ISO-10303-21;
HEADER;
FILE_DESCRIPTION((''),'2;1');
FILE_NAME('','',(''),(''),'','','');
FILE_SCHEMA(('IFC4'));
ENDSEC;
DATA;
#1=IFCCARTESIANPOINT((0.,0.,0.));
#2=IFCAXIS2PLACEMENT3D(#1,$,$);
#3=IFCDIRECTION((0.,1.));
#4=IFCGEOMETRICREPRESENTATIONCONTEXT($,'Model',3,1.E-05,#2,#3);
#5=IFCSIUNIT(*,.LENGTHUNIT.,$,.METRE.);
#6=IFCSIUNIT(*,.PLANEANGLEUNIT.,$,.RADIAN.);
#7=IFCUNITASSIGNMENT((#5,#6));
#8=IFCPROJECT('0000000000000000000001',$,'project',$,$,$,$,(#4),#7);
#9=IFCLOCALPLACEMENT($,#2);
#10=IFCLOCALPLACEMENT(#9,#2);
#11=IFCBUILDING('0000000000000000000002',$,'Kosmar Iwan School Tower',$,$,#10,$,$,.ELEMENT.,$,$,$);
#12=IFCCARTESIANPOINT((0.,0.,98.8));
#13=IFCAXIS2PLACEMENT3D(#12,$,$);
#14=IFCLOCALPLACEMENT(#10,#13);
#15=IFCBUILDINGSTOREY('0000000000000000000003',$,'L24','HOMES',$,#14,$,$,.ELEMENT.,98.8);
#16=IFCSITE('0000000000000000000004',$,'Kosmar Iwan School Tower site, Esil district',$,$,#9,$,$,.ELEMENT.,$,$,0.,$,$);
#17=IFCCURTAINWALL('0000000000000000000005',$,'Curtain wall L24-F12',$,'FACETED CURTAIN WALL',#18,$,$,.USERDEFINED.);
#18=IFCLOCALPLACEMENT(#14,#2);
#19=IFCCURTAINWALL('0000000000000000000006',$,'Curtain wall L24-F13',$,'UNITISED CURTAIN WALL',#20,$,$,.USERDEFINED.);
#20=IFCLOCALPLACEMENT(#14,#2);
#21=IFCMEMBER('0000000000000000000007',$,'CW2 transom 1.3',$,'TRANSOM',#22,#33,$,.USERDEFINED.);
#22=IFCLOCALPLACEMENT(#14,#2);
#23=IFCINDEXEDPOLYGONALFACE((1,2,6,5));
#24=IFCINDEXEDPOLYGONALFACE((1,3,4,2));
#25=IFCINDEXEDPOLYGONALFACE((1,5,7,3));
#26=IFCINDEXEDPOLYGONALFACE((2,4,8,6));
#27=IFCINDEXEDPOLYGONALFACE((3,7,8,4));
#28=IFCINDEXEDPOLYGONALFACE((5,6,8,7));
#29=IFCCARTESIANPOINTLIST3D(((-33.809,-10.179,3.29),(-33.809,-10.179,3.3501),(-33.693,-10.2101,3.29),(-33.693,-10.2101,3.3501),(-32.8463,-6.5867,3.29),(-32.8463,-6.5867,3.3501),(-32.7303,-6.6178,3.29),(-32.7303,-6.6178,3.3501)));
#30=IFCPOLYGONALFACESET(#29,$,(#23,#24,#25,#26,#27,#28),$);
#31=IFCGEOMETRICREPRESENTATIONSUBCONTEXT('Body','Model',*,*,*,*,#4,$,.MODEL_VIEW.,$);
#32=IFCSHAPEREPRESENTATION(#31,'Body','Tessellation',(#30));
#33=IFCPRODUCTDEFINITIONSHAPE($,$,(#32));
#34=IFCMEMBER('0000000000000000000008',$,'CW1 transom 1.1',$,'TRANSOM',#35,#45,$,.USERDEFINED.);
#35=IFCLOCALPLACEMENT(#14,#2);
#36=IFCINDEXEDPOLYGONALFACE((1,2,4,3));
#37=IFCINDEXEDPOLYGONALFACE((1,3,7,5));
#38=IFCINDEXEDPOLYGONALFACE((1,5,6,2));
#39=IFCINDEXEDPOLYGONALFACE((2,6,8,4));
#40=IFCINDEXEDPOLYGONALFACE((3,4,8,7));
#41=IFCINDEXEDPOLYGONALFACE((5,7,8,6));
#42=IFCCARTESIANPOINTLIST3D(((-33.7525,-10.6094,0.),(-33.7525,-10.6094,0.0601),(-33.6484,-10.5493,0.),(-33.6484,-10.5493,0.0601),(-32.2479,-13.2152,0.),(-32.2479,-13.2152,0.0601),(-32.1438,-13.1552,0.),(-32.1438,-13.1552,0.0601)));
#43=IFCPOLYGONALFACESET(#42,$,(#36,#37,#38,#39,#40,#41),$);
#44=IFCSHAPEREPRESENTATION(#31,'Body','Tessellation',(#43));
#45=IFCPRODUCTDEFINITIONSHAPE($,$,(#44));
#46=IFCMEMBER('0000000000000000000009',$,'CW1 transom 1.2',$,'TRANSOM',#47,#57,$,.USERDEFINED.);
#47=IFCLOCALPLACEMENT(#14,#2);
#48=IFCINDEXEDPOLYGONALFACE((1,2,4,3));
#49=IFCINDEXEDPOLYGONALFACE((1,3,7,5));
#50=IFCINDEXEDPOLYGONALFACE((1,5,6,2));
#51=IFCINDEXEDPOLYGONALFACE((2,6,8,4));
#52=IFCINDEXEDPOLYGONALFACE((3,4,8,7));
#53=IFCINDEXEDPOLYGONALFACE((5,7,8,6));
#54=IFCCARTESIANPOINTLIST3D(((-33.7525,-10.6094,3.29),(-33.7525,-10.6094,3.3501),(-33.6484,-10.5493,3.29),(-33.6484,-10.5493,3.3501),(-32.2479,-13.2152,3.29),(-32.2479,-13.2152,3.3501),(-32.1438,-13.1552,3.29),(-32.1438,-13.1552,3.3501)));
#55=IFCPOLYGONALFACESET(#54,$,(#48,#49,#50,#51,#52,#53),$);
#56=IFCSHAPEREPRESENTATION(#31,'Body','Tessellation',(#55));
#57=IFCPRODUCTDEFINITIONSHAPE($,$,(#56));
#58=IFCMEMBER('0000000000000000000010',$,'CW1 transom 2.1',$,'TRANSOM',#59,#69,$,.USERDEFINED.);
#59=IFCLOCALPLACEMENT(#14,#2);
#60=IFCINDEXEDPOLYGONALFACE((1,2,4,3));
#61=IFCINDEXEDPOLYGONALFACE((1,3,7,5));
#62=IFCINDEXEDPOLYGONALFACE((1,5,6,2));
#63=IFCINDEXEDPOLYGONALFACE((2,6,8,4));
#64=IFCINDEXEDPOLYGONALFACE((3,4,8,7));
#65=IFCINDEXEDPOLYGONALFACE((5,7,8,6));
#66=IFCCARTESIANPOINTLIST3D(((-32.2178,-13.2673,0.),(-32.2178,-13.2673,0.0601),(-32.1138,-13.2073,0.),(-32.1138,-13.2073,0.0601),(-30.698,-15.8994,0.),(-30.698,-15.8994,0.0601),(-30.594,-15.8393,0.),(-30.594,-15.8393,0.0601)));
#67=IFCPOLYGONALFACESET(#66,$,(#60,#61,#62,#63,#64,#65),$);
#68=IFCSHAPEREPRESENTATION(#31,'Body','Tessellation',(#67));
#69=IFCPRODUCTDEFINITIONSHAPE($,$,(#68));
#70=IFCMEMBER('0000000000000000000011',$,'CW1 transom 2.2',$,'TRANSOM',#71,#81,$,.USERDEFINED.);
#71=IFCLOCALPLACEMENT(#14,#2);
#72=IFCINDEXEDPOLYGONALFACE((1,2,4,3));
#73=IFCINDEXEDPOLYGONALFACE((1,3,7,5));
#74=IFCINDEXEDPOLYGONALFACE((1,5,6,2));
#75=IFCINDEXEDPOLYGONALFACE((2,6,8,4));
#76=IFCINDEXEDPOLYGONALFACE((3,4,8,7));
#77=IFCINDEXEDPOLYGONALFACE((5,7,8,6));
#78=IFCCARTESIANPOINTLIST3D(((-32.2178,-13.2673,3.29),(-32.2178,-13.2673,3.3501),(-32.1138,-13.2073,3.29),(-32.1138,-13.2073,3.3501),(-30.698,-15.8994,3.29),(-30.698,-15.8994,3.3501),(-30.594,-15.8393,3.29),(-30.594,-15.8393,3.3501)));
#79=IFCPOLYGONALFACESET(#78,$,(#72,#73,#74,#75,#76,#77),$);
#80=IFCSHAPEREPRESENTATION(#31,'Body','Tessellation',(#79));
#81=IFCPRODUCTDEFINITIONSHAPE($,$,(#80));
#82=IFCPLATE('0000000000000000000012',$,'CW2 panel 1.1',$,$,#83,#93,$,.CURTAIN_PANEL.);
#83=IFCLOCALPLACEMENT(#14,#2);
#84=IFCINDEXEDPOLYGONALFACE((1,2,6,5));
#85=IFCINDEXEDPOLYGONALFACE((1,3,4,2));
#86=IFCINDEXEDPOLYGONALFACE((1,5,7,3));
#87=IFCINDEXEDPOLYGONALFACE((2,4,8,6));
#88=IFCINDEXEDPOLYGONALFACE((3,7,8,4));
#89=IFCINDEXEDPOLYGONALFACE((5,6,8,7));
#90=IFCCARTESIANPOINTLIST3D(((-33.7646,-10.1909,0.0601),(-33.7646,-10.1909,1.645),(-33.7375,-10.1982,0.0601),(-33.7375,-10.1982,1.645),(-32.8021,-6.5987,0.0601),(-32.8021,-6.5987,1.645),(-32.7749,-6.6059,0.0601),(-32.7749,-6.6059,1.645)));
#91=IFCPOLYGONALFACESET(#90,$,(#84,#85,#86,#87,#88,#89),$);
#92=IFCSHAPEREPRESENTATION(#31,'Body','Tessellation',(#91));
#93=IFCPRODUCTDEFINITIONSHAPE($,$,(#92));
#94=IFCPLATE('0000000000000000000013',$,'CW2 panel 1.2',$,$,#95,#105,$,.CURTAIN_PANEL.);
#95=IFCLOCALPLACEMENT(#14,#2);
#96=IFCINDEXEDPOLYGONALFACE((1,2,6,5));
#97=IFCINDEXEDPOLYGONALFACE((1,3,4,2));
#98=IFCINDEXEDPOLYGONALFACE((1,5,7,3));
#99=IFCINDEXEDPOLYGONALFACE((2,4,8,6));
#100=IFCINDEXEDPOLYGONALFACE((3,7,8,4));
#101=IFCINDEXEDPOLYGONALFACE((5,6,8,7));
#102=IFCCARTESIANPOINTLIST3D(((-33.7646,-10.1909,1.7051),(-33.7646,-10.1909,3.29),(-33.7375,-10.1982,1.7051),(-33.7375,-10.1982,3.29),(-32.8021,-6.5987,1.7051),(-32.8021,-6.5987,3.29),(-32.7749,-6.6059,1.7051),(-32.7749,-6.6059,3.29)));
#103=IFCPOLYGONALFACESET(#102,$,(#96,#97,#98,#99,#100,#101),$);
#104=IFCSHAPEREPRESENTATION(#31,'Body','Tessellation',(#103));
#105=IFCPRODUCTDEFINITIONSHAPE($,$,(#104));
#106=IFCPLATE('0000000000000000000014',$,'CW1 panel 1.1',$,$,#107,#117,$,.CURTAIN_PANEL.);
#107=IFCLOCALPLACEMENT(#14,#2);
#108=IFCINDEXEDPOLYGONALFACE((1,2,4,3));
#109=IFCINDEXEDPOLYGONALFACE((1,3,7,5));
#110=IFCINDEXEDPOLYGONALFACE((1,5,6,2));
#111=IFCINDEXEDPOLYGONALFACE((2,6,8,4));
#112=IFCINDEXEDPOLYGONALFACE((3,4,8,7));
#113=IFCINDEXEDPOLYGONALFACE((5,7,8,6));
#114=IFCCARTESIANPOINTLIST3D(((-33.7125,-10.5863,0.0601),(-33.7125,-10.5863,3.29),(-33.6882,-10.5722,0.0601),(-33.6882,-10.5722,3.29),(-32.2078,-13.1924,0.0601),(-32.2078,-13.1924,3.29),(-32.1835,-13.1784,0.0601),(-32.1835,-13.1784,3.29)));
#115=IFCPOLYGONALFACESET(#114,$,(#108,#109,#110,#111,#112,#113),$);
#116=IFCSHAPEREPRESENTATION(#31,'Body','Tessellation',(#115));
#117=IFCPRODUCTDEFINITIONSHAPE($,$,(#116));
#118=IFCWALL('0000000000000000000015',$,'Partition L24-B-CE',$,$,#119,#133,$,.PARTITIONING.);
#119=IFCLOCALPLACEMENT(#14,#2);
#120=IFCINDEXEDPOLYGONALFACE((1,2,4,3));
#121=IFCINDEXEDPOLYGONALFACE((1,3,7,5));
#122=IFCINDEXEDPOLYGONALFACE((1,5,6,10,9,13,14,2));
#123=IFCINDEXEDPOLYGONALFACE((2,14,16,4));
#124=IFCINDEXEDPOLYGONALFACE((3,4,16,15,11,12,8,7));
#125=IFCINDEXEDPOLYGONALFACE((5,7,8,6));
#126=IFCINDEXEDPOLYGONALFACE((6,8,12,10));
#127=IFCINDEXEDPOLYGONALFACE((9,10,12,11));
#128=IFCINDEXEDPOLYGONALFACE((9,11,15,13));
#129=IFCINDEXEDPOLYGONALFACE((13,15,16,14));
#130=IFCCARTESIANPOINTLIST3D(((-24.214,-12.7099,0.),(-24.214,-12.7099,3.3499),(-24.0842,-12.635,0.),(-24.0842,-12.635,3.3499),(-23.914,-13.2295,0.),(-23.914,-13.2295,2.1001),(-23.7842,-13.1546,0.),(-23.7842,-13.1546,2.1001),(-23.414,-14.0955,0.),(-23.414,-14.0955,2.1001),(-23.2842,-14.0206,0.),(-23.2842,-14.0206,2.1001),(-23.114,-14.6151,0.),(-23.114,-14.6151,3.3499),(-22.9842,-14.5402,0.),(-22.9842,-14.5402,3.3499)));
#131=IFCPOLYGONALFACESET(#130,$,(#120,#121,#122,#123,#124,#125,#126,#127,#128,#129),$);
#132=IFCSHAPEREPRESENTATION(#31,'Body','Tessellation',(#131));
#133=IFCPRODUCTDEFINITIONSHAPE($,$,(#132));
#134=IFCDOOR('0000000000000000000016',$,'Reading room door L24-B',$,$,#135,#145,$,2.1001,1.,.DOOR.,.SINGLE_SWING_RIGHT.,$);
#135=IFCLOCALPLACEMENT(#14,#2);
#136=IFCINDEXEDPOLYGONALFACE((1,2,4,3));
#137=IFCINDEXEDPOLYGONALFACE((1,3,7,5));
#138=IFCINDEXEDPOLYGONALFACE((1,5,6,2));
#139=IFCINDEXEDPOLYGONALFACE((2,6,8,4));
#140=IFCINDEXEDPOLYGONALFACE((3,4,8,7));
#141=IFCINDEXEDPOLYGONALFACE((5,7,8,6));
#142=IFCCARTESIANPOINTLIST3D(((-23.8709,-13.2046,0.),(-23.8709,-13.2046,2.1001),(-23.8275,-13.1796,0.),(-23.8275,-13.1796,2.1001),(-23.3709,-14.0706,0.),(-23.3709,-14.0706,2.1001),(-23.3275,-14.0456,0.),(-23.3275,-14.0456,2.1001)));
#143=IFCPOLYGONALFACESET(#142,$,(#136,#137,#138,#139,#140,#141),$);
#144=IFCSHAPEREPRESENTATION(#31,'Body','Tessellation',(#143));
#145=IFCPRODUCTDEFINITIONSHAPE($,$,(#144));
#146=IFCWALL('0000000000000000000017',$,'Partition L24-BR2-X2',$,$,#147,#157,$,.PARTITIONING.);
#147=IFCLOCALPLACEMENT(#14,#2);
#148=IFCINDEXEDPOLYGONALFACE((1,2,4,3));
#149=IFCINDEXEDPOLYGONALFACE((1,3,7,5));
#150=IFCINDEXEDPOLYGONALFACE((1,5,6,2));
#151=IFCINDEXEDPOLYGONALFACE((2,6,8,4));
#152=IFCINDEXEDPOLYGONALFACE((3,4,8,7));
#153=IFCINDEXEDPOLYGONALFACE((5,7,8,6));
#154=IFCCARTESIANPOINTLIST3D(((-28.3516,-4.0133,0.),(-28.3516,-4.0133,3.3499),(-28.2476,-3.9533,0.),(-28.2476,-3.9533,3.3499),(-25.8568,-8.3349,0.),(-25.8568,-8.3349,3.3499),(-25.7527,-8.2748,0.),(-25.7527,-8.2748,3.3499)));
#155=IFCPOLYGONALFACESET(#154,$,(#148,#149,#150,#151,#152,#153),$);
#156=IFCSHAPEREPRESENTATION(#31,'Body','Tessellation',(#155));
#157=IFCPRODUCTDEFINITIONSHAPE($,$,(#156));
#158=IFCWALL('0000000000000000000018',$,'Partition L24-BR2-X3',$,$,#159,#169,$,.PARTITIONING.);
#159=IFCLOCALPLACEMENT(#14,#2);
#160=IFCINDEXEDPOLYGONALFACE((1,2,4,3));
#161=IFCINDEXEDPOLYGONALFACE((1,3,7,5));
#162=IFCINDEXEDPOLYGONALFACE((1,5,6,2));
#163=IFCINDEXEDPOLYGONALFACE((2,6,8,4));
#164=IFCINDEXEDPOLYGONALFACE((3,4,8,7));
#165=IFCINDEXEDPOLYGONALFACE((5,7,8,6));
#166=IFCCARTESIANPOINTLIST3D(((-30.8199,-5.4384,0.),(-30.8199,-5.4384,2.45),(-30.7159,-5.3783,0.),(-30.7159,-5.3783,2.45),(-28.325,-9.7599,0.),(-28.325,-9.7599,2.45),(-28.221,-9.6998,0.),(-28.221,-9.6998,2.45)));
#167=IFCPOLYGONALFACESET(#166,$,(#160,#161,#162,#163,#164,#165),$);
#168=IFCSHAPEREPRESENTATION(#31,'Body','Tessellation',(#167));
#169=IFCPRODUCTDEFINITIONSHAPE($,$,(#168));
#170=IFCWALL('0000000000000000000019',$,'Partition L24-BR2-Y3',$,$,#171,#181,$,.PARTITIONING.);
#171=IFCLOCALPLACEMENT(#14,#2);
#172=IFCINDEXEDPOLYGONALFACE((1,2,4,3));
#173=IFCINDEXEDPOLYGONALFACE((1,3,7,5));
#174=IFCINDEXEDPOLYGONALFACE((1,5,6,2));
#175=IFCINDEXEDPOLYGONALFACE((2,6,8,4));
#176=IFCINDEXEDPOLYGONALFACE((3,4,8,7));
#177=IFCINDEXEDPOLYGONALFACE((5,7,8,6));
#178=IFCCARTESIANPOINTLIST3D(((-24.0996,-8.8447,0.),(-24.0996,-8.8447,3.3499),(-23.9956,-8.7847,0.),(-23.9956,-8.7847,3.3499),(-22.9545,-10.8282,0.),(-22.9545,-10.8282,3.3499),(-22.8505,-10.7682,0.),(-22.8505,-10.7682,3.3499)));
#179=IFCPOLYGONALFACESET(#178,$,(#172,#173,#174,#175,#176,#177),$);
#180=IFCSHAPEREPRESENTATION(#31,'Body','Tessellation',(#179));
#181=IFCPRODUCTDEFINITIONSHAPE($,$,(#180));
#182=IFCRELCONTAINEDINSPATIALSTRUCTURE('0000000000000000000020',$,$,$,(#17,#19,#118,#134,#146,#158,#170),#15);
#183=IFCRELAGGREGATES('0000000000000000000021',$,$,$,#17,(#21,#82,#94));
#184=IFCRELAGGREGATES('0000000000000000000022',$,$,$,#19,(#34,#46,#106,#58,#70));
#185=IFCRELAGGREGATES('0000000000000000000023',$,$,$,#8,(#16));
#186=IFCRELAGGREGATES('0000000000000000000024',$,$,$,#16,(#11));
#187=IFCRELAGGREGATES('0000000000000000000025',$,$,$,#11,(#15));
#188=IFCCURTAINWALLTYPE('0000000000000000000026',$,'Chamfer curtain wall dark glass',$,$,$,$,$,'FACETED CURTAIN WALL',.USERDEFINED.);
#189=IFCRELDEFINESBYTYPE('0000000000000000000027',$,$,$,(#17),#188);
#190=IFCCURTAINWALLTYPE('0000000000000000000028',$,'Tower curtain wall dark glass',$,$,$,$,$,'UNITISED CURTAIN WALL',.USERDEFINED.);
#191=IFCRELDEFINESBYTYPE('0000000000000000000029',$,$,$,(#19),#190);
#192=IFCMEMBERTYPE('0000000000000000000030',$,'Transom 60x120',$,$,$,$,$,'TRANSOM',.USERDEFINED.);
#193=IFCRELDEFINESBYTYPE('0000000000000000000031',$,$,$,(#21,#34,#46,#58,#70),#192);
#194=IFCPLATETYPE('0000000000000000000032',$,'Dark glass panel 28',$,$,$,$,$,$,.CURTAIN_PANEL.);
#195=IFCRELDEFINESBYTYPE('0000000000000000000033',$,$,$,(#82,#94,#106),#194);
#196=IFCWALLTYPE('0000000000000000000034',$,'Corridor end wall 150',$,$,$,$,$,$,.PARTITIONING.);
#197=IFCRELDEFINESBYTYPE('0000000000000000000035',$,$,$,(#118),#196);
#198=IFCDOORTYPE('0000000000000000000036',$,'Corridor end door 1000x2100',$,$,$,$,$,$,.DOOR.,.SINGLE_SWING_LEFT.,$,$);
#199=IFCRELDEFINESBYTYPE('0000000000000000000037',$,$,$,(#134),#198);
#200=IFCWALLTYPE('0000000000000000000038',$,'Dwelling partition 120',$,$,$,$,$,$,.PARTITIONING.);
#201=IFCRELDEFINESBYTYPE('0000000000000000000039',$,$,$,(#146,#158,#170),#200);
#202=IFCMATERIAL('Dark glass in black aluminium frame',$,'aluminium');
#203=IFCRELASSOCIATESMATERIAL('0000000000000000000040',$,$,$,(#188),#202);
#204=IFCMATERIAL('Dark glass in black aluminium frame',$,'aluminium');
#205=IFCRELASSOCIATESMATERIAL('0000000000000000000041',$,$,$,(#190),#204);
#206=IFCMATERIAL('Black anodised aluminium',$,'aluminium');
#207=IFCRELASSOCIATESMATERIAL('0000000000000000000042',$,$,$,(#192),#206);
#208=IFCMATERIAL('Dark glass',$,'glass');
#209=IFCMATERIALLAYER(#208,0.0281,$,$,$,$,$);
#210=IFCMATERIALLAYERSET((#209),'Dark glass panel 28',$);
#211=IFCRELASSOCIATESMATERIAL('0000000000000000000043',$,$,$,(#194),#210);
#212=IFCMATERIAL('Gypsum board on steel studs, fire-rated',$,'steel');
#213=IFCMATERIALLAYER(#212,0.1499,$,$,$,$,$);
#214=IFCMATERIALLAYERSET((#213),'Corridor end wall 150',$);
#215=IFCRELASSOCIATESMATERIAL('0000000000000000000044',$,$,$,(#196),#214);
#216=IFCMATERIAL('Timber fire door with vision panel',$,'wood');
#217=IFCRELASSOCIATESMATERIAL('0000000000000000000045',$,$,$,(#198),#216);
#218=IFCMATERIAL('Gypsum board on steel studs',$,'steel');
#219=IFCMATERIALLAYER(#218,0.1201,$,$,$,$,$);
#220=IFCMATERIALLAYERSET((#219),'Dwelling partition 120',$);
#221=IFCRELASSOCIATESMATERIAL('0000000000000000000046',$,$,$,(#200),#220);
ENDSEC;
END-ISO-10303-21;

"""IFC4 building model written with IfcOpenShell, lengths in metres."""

from ifc_helpers import new_model, si_unit, direction, frame, frame_2d, origin, origin_2d, place, context, subcontext, project, spatial, rectangle, extrude, material, layer, layer_set, material_profile, profile_set, type_object, element, fill, aggregate, save


model = new_model("IFC4")

# Units and contexts
model_context = context("Model", 3, precision=1e-05, world=origin(), true_north=direction((0.0, 1.0)))
body_context = subcontext(model_context, "Body", "Model", "MODEL_VIEW")
ifc_project = project(units=[si_unit("LENGTHUNIT", "METRE"), si_unit("PLANEANGLEUNIT", "RADIAN")], contexts=[model_context])

# Site, building, storey
site_placement = place(None, origin())
site = spatial("IfcSite", under=ifc_project, at=site_placement, Name="Kosmar Iwan School Tower site, Esil district", CompositionType="ELEMENT", RefElevation=0.0)
building_placement = place(site_placement, origin())
building = spatial("IfcBuilding", under=site, at=building_placement, Name="Kosmar Iwan School Tower", CompositionType="ELEMENT")
storey_placement = place(building_placement, frame((0.0, 0.0, 98.8)))
storey = spatial("IfcBuildingStorey", under=building, at=storey_placement, Name="L24", Description="HOMES", CompositionType="ELEMENT", Elevation=98.8)

# Curtain walls
ifc_material_1 = material(Name="Dark glass in black aluminium frame", Category="aluminium")
curtain_wall_type_1 = type_object("IfcCurtainWallType", Name="Chamfer curtain wall dark glass", ElementType="FACETED CURTAIN WALL", PredefinedType="USERDEFINED", material=ifc_material_1)
curtain_wall_1_placement = place(storey_placement, origin())
curtain_wall_1 = element("IfcCurtainWall", 1, at=curtain_wall_1_placement, inside=storey, type_object=curtain_wall_type_1, Name="Curtain wall L24-F12", ObjectType="FACETED CURTAIN WALL", PredefinedType="USERDEFINED")
ifc_material_2 = material(Name="Dark glass in black aluminium frame", Category="aluminium")
curtain_wall_type_2 = type_object("IfcCurtainWallType", Name="Tower curtain wall dark glass", ElementType="UNITISED CURTAIN WALL", PredefinedType="USERDEFINED", material=ifc_material_2)
curtain_wall_2_placement = place(storey_placement, origin())
curtain_wall_2 = element("IfcCurtainWall", 2, at=curtain_wall_2_placement, inside=storey, type_object=curtain_wall_type_2, Name="Curtain wall L24-F13", ObjectType="UNITISED CURTAIN WALL", PredefinedType="USERDEFINED")

# Members
ifc_material_3 = material(Name="Black anodised aluminium", Category="aluminium")
ifc_material_profile_1 = material_profile(ifc_material_3, rectangle(XDim=0.1201, YDim=0.0601, at=origin_2d()), Name="TRANSOM 60x120")
ifc_profile_set_1 = profile_set([ifc_material_profile_1], Name="Black anodised aluminium")
member_type_1 = type_object("IfcMemberType", Name="Transom 60x120", ElementType="TRANSOM", PredefinedType="USERDEFINED", material=ifc_profile_set_1)
member_1_placement = place(storey_placement, frame((-32.7883, -6.6023, 3.3201), z_axis=(-0.258843, -0.965919, 0.0), x_axis=(0.965919, -0.258843, 0.0)))
member_1 = element("IfcMember", 3, at=member_1_placement, type_object=member_type_1, Name="CW2 transom 1.3", ObjectType="TRANSOM", PredefinedType="USERDEFINED", context=body_context, shape_type="SweptSolid", body=[
    extrude(rectangle(XDim=0.1201, YDim=0.0601, at=origin_2d()), origin(), (0.0, 0.0, 1.0), 3.719),
])
member_2_placement = place(storey_placement, frame((-33.7004, -10.5793, 0.03), z_axis=(0.500022, -0.866013, 0.0), x_axis=(0.866013, 0.500022, 0.0)))
member_2 = element("IfcMember", 4, at=member_2_placement, type_object=member_type_1, Name="CW1 transom 1.1", ObjectType="TRANSOM", PredefinedType="USERDEFINED", context=body_context, shape_type="SweptSolid", body=[
    extrude(rectangle(XDim=0.1201, YDim=0.0601, at=origin_2d()), origin(), (0.0, 0.0, 1.0), 3.009),
])
member_3_placement = place(storey_placement, frame((-33.7004, -10.5793, 3.3201), z_axis=(0.500022, -0.866013, 0.0), x_axis=(0.866013, 0.500022, 0.0)))
member_3 = element("IfcMember", 5, at=member_3_placement, type_object=member_type_1, Name="CW1 transom 1.2", ObjectType="TRANSOM", PredefinedType="USERDEFINED", context=body_context, shape_type="SweptSolid", body=[
    extrude(rectangle(XDim=0.1201, YDim=0.0601, at=origin_2d()), origin(), (0.0, 0.0, 1.0), 3.009),
])
member_4_placement = place(storey_placement, frame((-32.1658, -13.2373, 0.03), z_axis=(0.500035, -0.866005, 0.0), x_axis=(0.866005, 0.500035, 0.0)))
member_4 = element("IfcMember", 6, at=member_4_placement, type_object=member_type_1, Name="CW1 transom 2.1", ObjectType="TRANSOM", PredefinedType="USERDEFINED", context=body_context, shape_type="SweptSolid", body=[
    extrude(rectangle(XDim=0.1201, YDim=0.0601, at=origin_2d()), origin(), (0.0, 0.0, 1.0), 3.0393),
])
member_5_placement = place(storey_placement, frame((-32.1658, -13.2373, 3.3201), z_axis=(0.500035, -0.866005, 0.0), x_axis=(0.866005, 0.500035, 0.0)))
member_5 = element("IfcMember", 7, at=member_5_placement, type_object=member_type_1, Name="CW1 transom 2.2", ObjectType="TRANSOM", PredefinedType="USERDEFINED", context=body_context, shape_type="SweptSolid", body=[
    extrude(rectangle(XDim=0.1201, YDim=0.0601, at=origin_2d()), origin(), (0.0, 0.0, 1.0), 3.0393),
])

# Plates
ifc_material_4 = material(Name="Dark glass", Category="glass")
ifc_layer_1 = layer(ifc_material_4, 0.0281)
ifc_layer_set_1 = layer_set([ifc_layer_1], Name="Dark glass panel 28")
plate_type = type_object("IfcPlateType", Name="Dark glass panel 28", PredefinedType="CURTAIN_PANEL", material=ifc_layer_set_1)
plate_1_placement = place(storey_placement, frame((-33.2698, -8.3984, 0.0601), z_axis=(0.0, 0.0, 1.0), x_axis=(-0.258819, -0.965926, 0.0)))
plate_1 = element("IfcPlate", 8, at=plate_1_placement, type_object=plate_type, Name="CW2 panel 1.1", PredefinedType="CURTAIN_PANEL", context=body_context, shape_type="SweptSolid", body=[
    extrude(rectangle(XDim=3.719, YDim=0.0281, at=origin_2d()), origin(), (0.0, 0.0, 1.0), 1.585),
])
plate_2_placement = place(storey_placement, frame((-33.2698, -8.3984, 1.7051), z_axis=(0.0, 0.0, 1.0), x_axis=(-0.258819, -0.965926, 0.0)))
plate_2 = element("IfcPlate", 9, at=plate_2_placement, type_object=plate_type, Name="CW2 panel 1.2", PredefinedType="CURTAIN_PANEL", context=body_context, shape_type="SweptSolid", body=[
    extrude(rectangle(XDim=3.719, YDim=0.0281, at=origin_2d()), origin(), (0.0, 0.0, 1.0), 1.585),
])
aggregate(curtain_wall_1, [member_1, plate_1, plate_2])
plate_3_placement = place(storey_placement, frame((-32.948, -11.8823, 0.0601), z_axis=(0.0, 0.0, 1.0), x_axis=(0.5, -0.866025, 0.0)))
plate_3 = element("IfcPlate", 10, at=plate_3_placement, type_object=plate_type, Name="CW1 panel 1.1", PredefinedType="CURTAIN_PANEL", context=body_context, shape_type="SweptSolid", body=[
    extrude(rectangle(XDim=3.0093, YDim=0.0281, at=origin_2d()), origin(), (0.0, 0.0, 1.0), 3.23),
])
aggregate(curtain_wall_2, [member_2, member_3, plate_3, member_4, member_5])

# Wall, opening, door
ifc_material_5 = material(Name="Gypsum board on steel studs, fire-rated", Category="steel")
ifc_layer_2 = layer(ifc_material_5, 0.1499)
ifc_layer_set_2 = layer_set([ifc_layer_2], Name="Corridor end wall 150")
wall_type_1 = type_object("IfcWallType", Name="Corridor end wall 150", PredefinedType="PARTITIONING", material=ifc_layer_set_2)
wall_1_placement = place(storey_placement, frame((-24.1492, -12.6724, 0.0), z_axis=(0.0, 0.0, 1.0), x_axis=(0.50003, -0.866008, 0.0)))
wall_1 = element("IfcWall", 11, at=wall_1_placement, inside=storey, type_object=wall_type_1, Name="Partition L24-B-CE", PredefinedType="PARTITIONING", context=body_context, shape_type="SweptSolid", body=[
    extrude(rectangle(XDim=2.2, YDim=0.1499, at=frame_2d((1.1001, 0.0))), origin(), (0.0, 0.0, 1.0), 3.3499),
])
opening_placement = place(wall_1_placement, frame((0.6001, 0.0, 0.0)))
opening = element("IfcOpeningElement", 12, at=opening_placement, cuts=wall_1, PredefinedType="OPENING", context=body_context, shape_type="SweptSolid", body=[
    extrude(rectangle(XDim=1.0, YDim=2.1001, at=frame_2d((0.5, 1.05))), frame((0.0, 0.0869, 0.0), z_axis=(0.0, -1.0, 0.0), x_axis=(1.0, 0.0, 0.0)), (0.0, 0.0, 1.0), 0.1738),
])
ifc_material_6 = material(Name="Timber fire door with vision panel", Category="wood")
door_type = type_object("IfcDoorType", Name="Corridor end door 1000x2100", OperationType="SINGLE_SWING_LEFT", PredefinedType="DOOR", material=ifc_material_6)
door_placement = place(opening_placement, origin())
door = element("IfcDoor", 13, at=door_placement, inside=storey, type_object=door_type, Name="Reading room door L24-B", OperationType="SINGLE_SWING_RIGHT", OverallHeight=2.1001, OverallWidth=1.0, PredefinedType="DOOR", context=body_context, shape_type="SweptSolid", body=[
    extrude(rectangle(XDim=1.0, YDim=2.1001, at=frame_2d((0.5, 1.05))), frame((0.0, 0.0249, 0.0), z_axis=(0.0, -1.0, 0.0), x_axis=(1.0, 0.0, 0.0)), (0.0, 0.0, 1.0), 0.05),
])
fill(opening, door)

# Walls
ifc_material_7 = material(Name="Gypsum board on steel studs", Category="steel")
ifc_layer_3 = layer(ifc_material_7, 0.1201)
ifc_layer_set_3 = layer_set([ifc_layer_3], Name="Dwelling partition 120")
wall_type_2 = type_object("IfcWallType", Name="Dwelling partition 120", PredefinedType="PARTITIONING", material=ifc_layer_set_3)
wall_2_placement = place(storey_placement, frame((-25.8047, -8.3049, 0.0), z_axis=(0.0, 0.0, 1.0), x_axis=(-0.499975, 0.86604, 0.0)))
element("IfcWall", 14, at=wall_2_placement, inside=storey, type_object=wall_type_2, Name="Partition L24-BR2-X2", PredefinedType="PARTITIONING", context=body_context, shape_type="SweptSolid", body=[
    extrude(rectangle(XDim=4.99, YDim=0.1201, at=frame_2d((2.4951, 0.0))), origin(), (0.0, 0.0, 1.0), 3.3499),
])
wall_3_placement = place(storey_placement, frame((-28.2729, -9.73, 0.0), z_axis=(0.0, 0.0, 1.0), x_axis=(-0.499975, 0.86604, 0.0)))
element("IfcWall", 15, at=wall_3_placement, inside=storey, type_object=wall_type_2, Name="Partition L24-BR2-X3", PredefinedType="PARTITIONING", context=body_context, shape_type="SweptSolid", body=[
    extrude(rectangle(XDim=4.99, YDim=0.1201, at=frame_2d((2.4951, 0.0))), origin(), (0.0, 0.0, 1.0), 2.45),
])
wall_4_placement = place(storey_placement, frame((-22.9026, -10.7981, 0.0), z_axis=(0.0, 0.0, 1.0), x_axis=(-0.499969, 0.866044, 0.0)))
element("IfcWall", 16, at=wall_4_placement, inside=storey, type_object=wall_type_2, Name="Partition L24-BR2-Y3", PredefinedType="PARTITIONING", context=body_context, shape_type="SweptSolid", body=[
    extrude(rectangle(XDim=2.2903, YDim=0.1201, at=frame_2d((1.145, 0.0))), origin(), (0.0, 0.0, 1.0), 3.3499),
])

save(model, "model.ifc")
